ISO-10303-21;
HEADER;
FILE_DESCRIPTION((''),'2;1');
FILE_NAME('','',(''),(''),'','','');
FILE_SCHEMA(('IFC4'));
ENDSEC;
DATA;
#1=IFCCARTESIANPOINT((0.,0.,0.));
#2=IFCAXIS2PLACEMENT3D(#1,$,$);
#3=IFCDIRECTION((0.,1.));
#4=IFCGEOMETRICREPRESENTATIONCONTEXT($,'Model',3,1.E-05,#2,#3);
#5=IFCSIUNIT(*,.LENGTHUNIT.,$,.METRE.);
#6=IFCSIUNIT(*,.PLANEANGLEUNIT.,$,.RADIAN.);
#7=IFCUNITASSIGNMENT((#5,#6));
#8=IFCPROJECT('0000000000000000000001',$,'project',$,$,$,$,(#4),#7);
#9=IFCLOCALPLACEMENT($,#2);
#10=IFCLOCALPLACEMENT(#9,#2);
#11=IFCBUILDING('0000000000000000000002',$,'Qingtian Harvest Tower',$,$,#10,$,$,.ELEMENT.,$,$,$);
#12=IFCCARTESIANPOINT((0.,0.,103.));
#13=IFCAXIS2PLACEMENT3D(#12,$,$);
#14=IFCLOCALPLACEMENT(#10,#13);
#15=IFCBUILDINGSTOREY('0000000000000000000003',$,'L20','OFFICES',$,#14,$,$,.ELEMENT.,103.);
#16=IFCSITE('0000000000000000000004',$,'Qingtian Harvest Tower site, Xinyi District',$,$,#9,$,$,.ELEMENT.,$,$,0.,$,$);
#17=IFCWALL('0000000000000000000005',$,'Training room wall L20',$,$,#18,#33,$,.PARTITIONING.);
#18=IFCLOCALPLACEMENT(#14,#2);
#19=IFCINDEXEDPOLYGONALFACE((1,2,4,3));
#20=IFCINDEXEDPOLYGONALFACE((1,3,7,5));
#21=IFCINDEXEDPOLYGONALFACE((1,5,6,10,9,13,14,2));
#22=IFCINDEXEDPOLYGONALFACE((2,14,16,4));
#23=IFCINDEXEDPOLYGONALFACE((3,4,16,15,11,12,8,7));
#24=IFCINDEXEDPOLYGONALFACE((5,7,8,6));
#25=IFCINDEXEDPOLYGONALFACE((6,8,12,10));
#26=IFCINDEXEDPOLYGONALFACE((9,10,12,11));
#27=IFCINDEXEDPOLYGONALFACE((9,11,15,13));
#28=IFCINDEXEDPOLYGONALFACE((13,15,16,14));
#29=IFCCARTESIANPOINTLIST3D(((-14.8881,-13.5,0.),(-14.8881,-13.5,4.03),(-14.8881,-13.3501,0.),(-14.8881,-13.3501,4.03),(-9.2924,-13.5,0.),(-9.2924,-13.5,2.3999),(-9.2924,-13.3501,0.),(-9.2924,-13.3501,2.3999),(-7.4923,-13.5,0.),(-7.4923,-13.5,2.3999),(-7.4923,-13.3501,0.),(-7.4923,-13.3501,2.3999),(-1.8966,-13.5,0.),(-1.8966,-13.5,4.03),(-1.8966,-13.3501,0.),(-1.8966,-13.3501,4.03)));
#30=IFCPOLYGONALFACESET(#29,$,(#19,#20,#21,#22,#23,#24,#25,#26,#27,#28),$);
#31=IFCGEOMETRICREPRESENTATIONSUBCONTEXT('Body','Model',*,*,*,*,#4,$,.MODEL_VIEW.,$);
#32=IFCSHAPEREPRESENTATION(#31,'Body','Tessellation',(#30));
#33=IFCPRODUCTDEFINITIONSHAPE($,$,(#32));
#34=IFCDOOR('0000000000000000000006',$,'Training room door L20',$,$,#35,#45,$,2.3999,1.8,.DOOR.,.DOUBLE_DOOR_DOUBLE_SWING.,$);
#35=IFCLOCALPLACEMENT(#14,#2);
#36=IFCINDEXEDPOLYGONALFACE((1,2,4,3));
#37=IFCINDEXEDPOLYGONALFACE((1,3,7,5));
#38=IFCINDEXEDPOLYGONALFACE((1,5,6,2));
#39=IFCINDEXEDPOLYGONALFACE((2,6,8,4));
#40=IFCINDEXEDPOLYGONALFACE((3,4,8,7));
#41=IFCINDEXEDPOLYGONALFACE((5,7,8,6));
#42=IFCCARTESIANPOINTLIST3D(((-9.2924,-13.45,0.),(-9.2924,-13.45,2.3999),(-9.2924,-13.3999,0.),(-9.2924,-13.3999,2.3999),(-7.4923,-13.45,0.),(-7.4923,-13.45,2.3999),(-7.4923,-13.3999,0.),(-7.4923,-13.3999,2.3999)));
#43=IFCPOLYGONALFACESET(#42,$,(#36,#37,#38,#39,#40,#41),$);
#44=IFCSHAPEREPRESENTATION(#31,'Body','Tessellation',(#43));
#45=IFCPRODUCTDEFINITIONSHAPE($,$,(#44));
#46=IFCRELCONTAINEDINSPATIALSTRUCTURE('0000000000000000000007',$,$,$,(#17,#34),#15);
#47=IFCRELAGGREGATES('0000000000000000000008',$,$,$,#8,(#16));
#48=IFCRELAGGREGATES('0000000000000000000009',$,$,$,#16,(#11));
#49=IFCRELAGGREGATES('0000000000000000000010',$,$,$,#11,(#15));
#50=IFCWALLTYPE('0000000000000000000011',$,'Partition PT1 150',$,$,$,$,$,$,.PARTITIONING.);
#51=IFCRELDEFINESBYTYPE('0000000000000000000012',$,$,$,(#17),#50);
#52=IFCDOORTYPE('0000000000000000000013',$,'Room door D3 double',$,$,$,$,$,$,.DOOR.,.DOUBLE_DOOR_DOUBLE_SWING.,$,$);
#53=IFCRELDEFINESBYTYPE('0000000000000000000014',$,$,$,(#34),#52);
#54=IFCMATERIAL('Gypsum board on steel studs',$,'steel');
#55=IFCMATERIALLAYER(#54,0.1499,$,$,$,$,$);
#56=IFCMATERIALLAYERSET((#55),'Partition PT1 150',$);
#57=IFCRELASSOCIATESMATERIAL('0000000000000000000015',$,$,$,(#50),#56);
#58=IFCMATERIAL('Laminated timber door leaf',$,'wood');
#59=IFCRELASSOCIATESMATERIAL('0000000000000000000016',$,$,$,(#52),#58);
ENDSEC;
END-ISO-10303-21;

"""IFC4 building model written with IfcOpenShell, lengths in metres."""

from ifc_helpers import new_model, si_unit, direction, frame, frame_2d, origin, place, context, subcontext, project, spatial, rectangle, extrude, material, layer, layer_set, type_object, element, fill, save


model = new_model("IFC4")

# Units and contexts
model_context = context("Model", 3, precision=1e-05, world=origin(), true_north=direction((0.0, 1.0)))
body_context = subcontext(model_context, "Body", "Model", "MODEL_VIEW")
ifc_project = project(units=[si_unit("LENGTHUNIT", "METRE"), si_unit("PLANEANGLEUNIT", "RADIAN")], contexts=[model_context])

# Site, building, storey
site_placement = place(None, origin())
site = spatial("IfcSite", under=ifc_project, at=site_placement, Name="Qingtian Harvest Tower site, Xinyi District", CompositionType="ELEMENT", RefElevation=0.0)
building_placement = place(site_placement, origin())
building = spatial("IfcBuilding", under=site, at=building_placement, Name="Qingtian Harvest Tower", CompositionType="ELEMENT")
storey_placement = place(building_placement, frame((0.0, 0.0, 103.0)))
storey = spatial("IfcBuildingStorey", under=building, at=storey_placement, Name="L20", Description="OFFICES", CompositionType="ELEMENT", Elevation=103.0)

# Shared definitions
ifc_material_1 = material(Name="Gypsum board on steel studs", Category="steel")
ifc_layer_1 = layer(ifc_material_1, 0.1499)
ifc_layer_set_1 = layer_set([ifc_layer_1], Name="Partition PT1 150")
wall_type_1 = type_object("IfcWallType", Name="Partition PT1 150", PredefinedType="PARTITIONING", material=ifc_layer_set_1)

# Wall, opening, door
wall_1_placement = place(storey_placement, frame((-1.8967, -13.425, 0.0), z_axis=(0.0, 0.0, 1.0), x_axis=(-1.0, 0.0, 0.0)))
wall_1 = element("IfcWall", 1, at=wall_1_placement, inside=storey, type_object=wall_type_1, Name="Training room wall L20", PredefinedType="PARTITIONING", context=body_context, shape_type="SweptSolid", body=[
    extrude(rectangle(XDim=12.9915, YDim=0.1499, at=frame_2d((6.4956, 0.0))), origin(), (0.0, 0.0, 1.0), 4.03),
])
opening_1_placement = place(wall_1_placement, frame((5.5957, 0.0, 0.0)))
opening_1 = element("IfcOpeningElement", 2, at=opening_1_placement, cuts=wall_1, PredefinedType="OPENING", context=body_context, shape_type="SweptSolid", body=[
    extrude(rectangle(XDim=1.8, YDim=2.3999, at=frame_2d((0.8999, 1.2))), frame((0.0, 0.085, 0.0), z_axis=(0.0, -1.0, 0.0), x_axis=(1.0, 0.0, 0.0)), (0.0, 0.0, 1.0), 0.1699),
])
ifc_material_2 = material(Name="Laminated timber door leaf", Category="wood")
door_type_1 = type_object("IfcDoorType", Name="Room door D3 double", OperationType="DOUBLE_DOOR_DOUBLE_SWING", PredefinedType="DOOR", material=ifc_material_2)
door_1_placement = place(opening_1_placement, origin())
door_1 = element("IfcDoor", 3, at=door_1_placement, inside=storey, type_object=door_type_1, Name="Training room door L20", OperationType="DOUBLE_DOOR_DOUBLE_SWING", OverallHeight=2.3999, OverallWidth=1.8, PredefinedType="DOOR", context=body_context, shape_type="SweptSolid", body=[
    extrude(rectangle(XDim=1.8, YDim=2.3999, at=frame_2d((0.8999, 1.2))), frame((0.0, 0.0249, 0.0), z_axis=(0.0, -1.0, 0.0), x_axis=(1.0, 0.0, 0.0)), (0.0, 0.0, 1.0), 0.05),
])
fill(opening_1, door_1)

save(model, "model.ifc")
